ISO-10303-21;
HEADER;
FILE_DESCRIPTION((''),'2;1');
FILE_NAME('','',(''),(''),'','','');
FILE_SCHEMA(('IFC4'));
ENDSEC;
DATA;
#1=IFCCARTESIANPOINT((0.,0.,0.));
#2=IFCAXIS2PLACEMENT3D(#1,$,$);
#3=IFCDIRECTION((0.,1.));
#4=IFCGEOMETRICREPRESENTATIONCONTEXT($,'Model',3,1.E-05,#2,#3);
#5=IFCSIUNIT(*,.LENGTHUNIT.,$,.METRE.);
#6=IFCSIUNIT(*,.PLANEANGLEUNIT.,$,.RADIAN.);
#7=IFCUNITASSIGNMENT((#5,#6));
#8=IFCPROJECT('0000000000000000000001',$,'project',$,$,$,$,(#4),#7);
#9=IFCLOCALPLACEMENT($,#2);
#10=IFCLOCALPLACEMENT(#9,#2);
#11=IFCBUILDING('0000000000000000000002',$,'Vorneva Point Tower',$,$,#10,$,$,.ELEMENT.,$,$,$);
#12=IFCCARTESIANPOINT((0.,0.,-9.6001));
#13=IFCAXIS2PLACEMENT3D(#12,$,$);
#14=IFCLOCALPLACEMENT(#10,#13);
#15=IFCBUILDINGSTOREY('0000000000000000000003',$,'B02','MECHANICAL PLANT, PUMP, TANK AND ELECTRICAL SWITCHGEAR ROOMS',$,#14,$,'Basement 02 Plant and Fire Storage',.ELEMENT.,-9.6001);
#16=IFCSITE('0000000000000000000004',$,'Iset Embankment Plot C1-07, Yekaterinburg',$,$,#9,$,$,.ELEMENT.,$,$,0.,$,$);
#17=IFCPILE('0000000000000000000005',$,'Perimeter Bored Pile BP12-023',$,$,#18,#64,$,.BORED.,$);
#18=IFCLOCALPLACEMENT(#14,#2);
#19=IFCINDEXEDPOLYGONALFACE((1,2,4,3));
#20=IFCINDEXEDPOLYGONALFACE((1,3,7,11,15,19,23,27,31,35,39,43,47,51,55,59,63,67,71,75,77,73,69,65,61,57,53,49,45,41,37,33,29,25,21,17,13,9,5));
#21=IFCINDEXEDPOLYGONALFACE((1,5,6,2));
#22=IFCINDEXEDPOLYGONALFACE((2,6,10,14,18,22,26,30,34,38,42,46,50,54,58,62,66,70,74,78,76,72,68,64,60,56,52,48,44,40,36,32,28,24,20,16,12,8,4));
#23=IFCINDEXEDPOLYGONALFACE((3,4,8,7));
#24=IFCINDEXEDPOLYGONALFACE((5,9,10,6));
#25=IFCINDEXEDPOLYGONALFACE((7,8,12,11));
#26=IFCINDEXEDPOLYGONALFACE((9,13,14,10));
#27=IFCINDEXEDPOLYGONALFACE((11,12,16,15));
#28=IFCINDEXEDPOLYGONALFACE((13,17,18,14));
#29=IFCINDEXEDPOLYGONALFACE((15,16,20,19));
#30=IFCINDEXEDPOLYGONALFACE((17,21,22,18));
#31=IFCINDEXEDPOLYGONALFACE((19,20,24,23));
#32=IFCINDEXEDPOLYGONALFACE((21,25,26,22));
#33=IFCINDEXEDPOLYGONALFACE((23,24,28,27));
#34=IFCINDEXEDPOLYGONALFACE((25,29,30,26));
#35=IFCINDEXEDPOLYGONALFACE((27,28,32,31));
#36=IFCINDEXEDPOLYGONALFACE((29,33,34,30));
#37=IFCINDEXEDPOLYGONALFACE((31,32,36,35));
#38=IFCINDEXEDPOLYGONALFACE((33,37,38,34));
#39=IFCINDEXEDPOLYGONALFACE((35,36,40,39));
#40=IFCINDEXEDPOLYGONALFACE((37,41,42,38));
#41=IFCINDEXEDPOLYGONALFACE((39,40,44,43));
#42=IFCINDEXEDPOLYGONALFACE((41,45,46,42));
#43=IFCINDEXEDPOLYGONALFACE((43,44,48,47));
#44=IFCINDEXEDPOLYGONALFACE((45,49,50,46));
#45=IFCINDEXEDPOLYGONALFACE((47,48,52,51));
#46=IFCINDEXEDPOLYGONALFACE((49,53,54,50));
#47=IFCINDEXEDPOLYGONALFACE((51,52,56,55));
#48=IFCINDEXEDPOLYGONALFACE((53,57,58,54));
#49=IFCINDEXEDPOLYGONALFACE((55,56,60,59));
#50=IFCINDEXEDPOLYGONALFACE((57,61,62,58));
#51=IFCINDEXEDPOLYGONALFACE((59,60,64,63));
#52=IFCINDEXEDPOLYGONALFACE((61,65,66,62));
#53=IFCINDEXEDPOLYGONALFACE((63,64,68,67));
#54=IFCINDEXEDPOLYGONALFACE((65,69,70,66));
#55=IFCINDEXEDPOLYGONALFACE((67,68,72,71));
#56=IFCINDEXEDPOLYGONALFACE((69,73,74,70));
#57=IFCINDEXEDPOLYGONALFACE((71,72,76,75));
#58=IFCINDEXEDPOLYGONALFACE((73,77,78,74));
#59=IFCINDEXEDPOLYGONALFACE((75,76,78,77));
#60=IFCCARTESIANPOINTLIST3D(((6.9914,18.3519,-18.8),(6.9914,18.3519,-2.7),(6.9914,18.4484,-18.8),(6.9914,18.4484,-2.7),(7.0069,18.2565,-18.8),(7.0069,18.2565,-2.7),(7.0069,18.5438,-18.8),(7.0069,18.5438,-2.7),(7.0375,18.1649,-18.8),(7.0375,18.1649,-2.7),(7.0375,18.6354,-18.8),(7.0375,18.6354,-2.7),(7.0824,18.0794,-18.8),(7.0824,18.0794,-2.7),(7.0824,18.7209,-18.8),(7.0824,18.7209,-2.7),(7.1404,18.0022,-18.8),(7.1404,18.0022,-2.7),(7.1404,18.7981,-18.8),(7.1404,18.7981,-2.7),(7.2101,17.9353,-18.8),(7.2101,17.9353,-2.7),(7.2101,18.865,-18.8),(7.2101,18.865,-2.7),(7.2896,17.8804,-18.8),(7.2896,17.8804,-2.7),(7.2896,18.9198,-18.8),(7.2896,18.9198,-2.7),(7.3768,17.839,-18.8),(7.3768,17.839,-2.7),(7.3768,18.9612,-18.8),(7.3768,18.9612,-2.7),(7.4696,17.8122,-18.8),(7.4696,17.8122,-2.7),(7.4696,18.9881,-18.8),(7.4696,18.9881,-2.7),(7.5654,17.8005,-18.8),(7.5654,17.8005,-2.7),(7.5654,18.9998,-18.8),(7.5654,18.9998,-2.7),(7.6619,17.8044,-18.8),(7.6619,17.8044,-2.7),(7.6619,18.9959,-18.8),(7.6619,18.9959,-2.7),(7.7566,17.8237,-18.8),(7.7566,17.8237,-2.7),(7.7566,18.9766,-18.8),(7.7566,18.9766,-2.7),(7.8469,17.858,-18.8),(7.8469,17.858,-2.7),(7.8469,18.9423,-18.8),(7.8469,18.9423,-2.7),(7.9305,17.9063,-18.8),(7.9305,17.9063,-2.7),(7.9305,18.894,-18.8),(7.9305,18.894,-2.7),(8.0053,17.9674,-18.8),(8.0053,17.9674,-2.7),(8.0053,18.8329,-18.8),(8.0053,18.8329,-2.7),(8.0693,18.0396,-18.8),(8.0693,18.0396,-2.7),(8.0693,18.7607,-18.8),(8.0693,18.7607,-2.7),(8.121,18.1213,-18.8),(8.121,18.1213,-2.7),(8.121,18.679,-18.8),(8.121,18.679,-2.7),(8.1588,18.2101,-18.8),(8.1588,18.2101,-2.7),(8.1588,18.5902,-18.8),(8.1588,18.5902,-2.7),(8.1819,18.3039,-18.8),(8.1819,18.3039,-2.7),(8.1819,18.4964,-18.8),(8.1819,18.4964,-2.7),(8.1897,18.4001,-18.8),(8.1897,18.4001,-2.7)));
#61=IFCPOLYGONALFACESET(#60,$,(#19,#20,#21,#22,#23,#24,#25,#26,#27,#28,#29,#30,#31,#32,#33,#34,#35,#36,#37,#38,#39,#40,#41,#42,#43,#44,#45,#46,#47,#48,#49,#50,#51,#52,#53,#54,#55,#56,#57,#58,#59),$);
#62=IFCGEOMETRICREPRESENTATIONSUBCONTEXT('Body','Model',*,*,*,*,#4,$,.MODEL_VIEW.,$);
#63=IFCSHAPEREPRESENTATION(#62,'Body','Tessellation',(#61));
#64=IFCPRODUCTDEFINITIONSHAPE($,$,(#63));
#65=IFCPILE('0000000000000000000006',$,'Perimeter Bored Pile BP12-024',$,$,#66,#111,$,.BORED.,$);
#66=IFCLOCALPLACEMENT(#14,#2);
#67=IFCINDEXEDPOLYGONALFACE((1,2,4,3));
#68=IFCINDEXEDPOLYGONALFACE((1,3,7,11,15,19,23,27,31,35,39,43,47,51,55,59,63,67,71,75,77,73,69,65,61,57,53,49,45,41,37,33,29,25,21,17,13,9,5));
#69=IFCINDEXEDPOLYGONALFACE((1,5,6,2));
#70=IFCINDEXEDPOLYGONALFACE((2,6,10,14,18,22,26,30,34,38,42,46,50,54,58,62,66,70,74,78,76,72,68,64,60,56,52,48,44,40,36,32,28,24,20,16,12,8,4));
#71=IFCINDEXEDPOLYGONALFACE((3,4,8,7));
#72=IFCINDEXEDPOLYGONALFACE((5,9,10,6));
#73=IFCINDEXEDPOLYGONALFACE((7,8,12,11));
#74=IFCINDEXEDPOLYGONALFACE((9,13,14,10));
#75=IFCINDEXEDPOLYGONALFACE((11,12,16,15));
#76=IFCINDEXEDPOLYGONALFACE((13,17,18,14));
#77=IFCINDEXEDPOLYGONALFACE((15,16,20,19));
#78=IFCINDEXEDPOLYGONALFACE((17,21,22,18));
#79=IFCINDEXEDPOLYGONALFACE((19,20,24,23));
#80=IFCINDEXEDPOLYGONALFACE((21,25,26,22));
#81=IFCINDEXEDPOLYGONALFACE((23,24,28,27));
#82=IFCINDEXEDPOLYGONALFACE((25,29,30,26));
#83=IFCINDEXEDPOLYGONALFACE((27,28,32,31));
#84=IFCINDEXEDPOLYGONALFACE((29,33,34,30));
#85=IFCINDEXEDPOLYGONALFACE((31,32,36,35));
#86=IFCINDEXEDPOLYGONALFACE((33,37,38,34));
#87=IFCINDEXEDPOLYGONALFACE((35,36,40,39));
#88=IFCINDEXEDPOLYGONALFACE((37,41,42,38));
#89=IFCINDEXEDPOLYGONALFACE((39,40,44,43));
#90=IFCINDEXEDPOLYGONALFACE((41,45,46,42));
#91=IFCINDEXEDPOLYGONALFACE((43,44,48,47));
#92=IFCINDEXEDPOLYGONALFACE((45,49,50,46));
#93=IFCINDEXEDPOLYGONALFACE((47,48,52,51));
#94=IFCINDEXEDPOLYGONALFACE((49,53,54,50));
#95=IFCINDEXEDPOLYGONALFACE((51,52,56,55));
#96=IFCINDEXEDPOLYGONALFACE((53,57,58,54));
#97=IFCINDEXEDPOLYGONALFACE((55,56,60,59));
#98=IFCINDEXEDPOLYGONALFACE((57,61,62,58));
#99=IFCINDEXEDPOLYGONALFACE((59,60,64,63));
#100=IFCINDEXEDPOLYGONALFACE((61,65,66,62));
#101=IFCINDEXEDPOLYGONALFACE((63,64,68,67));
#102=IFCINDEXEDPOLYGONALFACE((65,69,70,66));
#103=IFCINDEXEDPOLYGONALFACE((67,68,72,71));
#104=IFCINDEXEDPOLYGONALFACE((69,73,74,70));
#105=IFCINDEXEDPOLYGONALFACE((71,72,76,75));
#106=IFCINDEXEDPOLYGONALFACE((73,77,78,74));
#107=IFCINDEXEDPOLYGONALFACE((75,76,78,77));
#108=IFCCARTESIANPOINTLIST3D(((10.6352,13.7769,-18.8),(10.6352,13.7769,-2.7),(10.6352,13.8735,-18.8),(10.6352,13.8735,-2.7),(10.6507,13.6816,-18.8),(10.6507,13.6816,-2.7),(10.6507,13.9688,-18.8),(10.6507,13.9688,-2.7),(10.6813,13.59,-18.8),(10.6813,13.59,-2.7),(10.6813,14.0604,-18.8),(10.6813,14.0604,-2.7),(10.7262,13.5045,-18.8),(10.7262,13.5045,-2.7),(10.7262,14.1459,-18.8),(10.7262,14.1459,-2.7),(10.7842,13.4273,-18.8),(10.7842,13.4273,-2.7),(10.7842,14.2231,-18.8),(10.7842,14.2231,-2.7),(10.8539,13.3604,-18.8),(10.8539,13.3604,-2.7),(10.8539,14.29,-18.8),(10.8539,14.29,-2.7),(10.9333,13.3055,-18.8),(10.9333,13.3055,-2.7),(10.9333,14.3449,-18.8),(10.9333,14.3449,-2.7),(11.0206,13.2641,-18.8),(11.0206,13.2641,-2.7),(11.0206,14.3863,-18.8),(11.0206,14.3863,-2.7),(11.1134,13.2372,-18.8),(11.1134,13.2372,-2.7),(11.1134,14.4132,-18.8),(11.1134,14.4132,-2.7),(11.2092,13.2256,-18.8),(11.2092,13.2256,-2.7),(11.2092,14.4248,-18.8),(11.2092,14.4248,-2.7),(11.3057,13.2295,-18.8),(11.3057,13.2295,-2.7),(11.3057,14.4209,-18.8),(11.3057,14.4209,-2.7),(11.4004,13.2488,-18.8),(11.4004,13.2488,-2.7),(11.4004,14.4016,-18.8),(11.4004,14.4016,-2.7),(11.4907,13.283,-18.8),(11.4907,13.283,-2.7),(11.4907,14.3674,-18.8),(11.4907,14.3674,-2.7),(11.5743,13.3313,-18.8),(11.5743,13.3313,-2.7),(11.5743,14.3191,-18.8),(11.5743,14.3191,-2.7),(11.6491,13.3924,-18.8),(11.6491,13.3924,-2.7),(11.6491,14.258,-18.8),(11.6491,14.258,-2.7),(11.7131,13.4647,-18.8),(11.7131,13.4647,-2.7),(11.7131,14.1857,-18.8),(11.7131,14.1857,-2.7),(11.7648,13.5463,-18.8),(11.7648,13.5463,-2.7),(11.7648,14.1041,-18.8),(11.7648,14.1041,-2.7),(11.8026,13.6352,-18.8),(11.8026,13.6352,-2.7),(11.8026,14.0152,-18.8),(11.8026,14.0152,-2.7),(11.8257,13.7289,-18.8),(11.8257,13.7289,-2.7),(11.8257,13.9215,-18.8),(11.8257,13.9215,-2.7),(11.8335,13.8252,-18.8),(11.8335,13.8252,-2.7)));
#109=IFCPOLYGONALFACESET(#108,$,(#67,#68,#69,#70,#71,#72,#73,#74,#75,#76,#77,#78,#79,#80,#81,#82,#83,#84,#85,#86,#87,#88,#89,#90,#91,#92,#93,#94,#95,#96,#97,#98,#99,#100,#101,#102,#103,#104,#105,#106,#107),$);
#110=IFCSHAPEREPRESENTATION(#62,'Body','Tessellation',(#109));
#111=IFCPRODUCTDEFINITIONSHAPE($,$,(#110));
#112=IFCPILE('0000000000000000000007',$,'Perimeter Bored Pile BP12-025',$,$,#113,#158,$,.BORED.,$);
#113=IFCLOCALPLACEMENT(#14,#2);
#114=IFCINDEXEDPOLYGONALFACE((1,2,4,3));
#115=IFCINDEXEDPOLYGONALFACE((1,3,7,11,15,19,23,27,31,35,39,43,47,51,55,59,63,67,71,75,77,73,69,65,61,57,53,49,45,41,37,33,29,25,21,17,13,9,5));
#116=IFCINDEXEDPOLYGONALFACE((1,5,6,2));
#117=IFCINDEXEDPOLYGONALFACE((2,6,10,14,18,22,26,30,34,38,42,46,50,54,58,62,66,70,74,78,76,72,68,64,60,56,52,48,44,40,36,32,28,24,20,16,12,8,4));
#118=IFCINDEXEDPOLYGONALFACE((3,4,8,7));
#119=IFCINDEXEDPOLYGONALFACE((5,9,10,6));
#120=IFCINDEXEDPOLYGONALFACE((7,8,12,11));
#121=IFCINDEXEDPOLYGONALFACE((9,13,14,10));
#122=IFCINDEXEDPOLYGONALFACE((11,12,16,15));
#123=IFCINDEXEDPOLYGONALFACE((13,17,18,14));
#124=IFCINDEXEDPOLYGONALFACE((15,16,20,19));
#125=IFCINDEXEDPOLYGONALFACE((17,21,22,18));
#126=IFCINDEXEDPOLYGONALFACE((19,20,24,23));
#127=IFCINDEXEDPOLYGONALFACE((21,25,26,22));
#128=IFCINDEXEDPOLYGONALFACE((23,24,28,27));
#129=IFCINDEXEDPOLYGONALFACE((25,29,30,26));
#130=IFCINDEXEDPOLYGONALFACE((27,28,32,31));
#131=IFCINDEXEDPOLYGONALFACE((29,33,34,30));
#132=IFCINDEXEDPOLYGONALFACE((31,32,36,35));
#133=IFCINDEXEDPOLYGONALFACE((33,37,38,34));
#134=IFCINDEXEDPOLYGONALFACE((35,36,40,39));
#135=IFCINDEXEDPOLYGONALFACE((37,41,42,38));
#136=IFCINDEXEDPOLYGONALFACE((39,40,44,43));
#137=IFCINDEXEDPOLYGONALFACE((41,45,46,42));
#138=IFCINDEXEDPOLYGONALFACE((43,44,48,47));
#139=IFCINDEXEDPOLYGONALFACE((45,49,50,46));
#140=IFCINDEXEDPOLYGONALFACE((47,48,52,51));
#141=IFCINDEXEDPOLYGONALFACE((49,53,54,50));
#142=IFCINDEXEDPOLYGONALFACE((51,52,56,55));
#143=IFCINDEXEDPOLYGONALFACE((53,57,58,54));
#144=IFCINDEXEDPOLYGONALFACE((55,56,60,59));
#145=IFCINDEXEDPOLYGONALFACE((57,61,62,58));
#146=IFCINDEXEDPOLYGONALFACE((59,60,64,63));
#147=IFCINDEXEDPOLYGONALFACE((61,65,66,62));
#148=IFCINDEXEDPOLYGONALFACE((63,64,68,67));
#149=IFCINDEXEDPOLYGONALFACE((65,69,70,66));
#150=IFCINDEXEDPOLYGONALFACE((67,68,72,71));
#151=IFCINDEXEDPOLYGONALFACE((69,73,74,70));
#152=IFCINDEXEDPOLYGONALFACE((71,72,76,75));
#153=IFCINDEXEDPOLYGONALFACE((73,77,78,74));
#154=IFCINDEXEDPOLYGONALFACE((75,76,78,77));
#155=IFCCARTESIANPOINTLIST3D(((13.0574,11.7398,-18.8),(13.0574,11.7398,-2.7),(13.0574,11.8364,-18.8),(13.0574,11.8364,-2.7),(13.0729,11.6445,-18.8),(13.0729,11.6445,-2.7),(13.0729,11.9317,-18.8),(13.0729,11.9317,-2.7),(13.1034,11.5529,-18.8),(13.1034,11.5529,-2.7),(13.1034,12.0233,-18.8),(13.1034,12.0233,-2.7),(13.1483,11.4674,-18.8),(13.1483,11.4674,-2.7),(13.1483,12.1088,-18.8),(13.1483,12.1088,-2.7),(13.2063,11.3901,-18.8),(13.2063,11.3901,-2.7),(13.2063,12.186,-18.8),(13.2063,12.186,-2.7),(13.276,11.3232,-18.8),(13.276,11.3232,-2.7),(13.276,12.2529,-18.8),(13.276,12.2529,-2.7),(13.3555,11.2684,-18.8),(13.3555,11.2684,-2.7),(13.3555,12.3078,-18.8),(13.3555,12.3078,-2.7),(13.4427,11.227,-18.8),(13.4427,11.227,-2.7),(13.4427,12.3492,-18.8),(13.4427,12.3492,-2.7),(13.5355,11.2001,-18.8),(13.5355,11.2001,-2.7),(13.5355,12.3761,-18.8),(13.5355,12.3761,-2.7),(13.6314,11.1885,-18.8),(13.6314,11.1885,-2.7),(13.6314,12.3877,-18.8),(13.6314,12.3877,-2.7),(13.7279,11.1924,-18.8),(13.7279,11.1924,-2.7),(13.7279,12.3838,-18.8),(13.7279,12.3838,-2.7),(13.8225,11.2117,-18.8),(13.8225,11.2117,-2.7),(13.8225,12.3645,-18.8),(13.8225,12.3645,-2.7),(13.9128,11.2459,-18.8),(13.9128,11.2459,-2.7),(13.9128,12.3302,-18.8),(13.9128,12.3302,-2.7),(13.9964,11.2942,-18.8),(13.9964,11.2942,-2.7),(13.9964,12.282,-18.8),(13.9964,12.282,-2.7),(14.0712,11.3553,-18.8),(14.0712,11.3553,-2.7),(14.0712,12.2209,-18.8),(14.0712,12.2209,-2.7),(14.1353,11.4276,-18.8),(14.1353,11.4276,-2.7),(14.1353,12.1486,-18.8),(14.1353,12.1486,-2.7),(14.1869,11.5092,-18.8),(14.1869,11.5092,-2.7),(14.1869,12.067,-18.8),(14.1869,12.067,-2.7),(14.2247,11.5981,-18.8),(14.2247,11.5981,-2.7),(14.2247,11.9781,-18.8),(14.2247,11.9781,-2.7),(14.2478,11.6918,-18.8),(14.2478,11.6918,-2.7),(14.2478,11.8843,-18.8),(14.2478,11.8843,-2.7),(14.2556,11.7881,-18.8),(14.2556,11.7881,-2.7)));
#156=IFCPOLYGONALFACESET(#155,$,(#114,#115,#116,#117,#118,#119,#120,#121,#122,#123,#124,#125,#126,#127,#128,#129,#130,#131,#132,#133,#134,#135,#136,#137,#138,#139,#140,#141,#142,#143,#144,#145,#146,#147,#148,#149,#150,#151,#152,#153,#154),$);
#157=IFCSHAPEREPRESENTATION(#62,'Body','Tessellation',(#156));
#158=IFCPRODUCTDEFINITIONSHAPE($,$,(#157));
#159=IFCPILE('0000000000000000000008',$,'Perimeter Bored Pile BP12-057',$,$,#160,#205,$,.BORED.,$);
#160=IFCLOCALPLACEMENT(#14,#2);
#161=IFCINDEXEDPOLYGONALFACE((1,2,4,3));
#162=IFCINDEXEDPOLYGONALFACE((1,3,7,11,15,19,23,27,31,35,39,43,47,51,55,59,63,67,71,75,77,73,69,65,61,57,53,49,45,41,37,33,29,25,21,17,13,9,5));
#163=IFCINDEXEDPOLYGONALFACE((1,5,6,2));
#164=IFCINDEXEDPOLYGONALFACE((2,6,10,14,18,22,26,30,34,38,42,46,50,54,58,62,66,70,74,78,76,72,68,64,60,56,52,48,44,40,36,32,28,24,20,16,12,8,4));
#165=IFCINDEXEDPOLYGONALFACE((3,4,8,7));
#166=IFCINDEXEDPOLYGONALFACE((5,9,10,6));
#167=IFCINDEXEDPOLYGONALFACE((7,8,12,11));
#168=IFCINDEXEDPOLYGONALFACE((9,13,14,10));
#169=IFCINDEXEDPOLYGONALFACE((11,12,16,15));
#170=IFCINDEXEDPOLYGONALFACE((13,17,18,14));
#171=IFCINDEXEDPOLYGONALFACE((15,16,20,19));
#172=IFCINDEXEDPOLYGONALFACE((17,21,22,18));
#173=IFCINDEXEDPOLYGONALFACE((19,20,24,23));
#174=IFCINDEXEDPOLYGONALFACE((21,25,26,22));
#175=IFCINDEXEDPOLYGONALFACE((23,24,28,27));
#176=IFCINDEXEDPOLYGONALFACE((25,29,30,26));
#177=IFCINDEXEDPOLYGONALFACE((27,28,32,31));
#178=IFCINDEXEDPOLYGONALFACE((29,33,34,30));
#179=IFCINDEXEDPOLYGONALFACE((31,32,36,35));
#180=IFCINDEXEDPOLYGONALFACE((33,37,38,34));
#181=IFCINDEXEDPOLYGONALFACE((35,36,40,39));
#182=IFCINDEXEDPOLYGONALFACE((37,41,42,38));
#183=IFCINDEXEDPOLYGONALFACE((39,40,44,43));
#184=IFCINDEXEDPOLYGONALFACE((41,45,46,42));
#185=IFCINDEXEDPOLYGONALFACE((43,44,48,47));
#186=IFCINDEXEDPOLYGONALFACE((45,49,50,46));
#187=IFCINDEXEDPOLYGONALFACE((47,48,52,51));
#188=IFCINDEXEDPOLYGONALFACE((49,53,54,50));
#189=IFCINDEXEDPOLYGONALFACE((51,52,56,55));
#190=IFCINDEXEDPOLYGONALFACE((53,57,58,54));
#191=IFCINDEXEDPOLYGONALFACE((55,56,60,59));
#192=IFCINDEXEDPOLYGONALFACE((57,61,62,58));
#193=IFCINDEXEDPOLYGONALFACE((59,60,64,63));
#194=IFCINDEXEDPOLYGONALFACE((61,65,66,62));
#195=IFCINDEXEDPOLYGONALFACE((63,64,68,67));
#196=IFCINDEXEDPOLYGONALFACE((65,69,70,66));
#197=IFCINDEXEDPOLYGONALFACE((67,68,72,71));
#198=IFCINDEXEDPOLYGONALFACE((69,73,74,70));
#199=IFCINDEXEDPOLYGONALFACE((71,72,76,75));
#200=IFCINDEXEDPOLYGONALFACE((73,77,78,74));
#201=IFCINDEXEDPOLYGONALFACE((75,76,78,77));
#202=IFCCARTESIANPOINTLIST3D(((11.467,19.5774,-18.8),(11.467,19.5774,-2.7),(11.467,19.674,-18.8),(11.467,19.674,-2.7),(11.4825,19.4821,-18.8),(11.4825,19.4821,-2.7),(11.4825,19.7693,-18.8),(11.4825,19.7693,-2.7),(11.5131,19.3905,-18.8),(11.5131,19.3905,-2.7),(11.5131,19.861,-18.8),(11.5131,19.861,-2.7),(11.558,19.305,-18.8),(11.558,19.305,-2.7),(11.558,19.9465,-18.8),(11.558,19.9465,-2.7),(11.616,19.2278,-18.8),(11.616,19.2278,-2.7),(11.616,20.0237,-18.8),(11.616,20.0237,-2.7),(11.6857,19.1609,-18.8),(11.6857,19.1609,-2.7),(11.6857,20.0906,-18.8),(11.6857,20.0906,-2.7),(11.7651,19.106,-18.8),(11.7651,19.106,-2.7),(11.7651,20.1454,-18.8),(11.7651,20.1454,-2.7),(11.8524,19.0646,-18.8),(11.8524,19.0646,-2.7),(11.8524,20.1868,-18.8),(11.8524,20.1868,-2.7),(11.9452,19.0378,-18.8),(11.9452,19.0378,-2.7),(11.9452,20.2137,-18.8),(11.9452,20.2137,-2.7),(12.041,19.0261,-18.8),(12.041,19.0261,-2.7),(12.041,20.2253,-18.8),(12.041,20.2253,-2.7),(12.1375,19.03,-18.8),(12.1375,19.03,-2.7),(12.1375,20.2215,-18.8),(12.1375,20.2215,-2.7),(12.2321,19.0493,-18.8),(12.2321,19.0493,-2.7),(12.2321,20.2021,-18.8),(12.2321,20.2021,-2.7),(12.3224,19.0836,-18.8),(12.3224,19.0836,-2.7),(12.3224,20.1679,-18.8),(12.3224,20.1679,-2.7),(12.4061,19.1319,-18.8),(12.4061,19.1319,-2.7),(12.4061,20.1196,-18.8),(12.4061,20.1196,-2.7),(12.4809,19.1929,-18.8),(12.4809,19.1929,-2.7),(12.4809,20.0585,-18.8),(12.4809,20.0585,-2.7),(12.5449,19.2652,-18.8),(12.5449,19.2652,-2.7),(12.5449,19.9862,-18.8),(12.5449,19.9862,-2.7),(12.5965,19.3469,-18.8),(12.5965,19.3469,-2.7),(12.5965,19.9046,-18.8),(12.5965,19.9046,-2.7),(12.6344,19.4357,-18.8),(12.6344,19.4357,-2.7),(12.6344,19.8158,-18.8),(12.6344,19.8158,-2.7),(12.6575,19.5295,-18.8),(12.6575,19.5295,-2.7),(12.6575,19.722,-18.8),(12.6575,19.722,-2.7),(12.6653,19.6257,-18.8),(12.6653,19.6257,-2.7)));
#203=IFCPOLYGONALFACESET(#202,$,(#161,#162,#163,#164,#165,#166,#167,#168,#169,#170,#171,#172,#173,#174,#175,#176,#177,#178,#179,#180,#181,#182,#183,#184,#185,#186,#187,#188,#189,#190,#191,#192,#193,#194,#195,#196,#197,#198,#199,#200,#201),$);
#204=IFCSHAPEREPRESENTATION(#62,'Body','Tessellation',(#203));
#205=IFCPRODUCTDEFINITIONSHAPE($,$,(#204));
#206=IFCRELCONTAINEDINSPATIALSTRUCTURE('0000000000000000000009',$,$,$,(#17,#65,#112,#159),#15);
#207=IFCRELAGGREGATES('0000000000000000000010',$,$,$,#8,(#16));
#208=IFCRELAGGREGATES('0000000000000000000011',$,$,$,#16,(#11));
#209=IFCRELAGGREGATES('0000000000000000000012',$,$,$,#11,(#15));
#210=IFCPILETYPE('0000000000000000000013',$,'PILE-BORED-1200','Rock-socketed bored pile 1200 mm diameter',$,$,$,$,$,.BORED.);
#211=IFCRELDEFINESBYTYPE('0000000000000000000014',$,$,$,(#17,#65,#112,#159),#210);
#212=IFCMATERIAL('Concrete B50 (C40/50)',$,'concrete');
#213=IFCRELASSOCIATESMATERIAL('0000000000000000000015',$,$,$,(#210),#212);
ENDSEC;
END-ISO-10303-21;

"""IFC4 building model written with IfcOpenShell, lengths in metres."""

from ifc_helpers import new_model, si_unit, direction, frame, origin, origin_2d, place, context, subcontext, project, spatial, circle, extrude, material, material_profile, profile_set, type_object, element, save


model = new_model("IFC4")

# Units and contexts
model_context = context("Model", 3, precision=1e-05, world=origin(), true_north=direction((0.0, 1.0)))
body_context = subcontext(model_context, "Body", "Model", "MODEL_VIEW")
ifc_project = project(units=[si_unit("LENGTHUNIT", "METRE"), si_unit("PLANEANGLEUNIT", "RADIAN")], contexts=[model_context])

# Site, building, storey
site_placement = place(None, origin())
site = spatial("IfcSite", under=ifc_project, at=site_placement, Name="Iset Embankment Plot C1-07, Yekaterinburg", CompositionType="ELEMENT", RefElevation=0.0)
building_placement = place(site_placement, origin())
building = spatial("IfcBuilding", under=site, at=building_placement, Name="Vorneva Point Tower", CompositionType="ELEMENT")
storey_placement = place(building_placement, frame((0.0, 0.0, -9.6001)))
storey = spatial("IfcBuildingStorey", under=building, at=storey_placement, Name="B02", Description="MECHANICAL PLANT, PUMP, TANK AND ELECTRICAL SWITCHGEAR ROOMS", LongName="Basement 02 Plant and Fire Storage", CompositionType="ELEMENT", Elevation=-9.6001)

# Piles
ifc_material_1 = material(Name="Concrete B50 (C40/50)", Category="concrete")
ifc_material_profile_1 = material_profile(ifc_material_1, circle(Radius=0.6001, at=origin_2d()), Name="PILE-1200")
ifc_profile_set_1 = profile_set([ifc_material_profile_1], Name="Concrete B50 (C40/50)")
pile_type = type_object("IfcPileType", Name="PILE-BORED-1200", Description="Rock-socketed bored pile 1200 mm diameter", PredefinedType="BORED", material=ifc_profile_set_1)
for number, where, z_axis, x_axis, name in (
    (1, (7.5896, 18.4001, -2.7), (0.0, 0.0, -1.0), (1.0, 0.0, 0.0), "Perimeter Bored Pile BP12-023"),
    (2, (11.2334, 13.8252, -2.7), (0.0, 0.0, -1.0), (1.0, 0.0, 0.0), "Perimeter Bored Pile BP12-024"),
    (3, (13.6555, 11.7881, -2.7), (0.0, 0.0, -1.0), (1.0, 0.0, 0.0), "Perimeter Bored Pile BP12-025"),
    (4, (12.0652, 19.6257, -2.7), (0.0, 0.0, -1.0), (1.0, 0.0, 0.0), "Perimeter Bored Pile BP12-057"),
):
    element("IfcPile", number, at=place(storey_placement, frame(where, z_axis=z_axis, x_axis=x_axis)), inside=storey, type_object=pile_type, Name=name, PredefinedType="BORED", context=body_context, shape_type="SweptSolid", body=[
        extrude(circle(Radius=0.6001, at=origin_2d()), origin(), (0.0, 0.0, 1.0), 16.1001),
    ])

save(model, "model.ifc")
